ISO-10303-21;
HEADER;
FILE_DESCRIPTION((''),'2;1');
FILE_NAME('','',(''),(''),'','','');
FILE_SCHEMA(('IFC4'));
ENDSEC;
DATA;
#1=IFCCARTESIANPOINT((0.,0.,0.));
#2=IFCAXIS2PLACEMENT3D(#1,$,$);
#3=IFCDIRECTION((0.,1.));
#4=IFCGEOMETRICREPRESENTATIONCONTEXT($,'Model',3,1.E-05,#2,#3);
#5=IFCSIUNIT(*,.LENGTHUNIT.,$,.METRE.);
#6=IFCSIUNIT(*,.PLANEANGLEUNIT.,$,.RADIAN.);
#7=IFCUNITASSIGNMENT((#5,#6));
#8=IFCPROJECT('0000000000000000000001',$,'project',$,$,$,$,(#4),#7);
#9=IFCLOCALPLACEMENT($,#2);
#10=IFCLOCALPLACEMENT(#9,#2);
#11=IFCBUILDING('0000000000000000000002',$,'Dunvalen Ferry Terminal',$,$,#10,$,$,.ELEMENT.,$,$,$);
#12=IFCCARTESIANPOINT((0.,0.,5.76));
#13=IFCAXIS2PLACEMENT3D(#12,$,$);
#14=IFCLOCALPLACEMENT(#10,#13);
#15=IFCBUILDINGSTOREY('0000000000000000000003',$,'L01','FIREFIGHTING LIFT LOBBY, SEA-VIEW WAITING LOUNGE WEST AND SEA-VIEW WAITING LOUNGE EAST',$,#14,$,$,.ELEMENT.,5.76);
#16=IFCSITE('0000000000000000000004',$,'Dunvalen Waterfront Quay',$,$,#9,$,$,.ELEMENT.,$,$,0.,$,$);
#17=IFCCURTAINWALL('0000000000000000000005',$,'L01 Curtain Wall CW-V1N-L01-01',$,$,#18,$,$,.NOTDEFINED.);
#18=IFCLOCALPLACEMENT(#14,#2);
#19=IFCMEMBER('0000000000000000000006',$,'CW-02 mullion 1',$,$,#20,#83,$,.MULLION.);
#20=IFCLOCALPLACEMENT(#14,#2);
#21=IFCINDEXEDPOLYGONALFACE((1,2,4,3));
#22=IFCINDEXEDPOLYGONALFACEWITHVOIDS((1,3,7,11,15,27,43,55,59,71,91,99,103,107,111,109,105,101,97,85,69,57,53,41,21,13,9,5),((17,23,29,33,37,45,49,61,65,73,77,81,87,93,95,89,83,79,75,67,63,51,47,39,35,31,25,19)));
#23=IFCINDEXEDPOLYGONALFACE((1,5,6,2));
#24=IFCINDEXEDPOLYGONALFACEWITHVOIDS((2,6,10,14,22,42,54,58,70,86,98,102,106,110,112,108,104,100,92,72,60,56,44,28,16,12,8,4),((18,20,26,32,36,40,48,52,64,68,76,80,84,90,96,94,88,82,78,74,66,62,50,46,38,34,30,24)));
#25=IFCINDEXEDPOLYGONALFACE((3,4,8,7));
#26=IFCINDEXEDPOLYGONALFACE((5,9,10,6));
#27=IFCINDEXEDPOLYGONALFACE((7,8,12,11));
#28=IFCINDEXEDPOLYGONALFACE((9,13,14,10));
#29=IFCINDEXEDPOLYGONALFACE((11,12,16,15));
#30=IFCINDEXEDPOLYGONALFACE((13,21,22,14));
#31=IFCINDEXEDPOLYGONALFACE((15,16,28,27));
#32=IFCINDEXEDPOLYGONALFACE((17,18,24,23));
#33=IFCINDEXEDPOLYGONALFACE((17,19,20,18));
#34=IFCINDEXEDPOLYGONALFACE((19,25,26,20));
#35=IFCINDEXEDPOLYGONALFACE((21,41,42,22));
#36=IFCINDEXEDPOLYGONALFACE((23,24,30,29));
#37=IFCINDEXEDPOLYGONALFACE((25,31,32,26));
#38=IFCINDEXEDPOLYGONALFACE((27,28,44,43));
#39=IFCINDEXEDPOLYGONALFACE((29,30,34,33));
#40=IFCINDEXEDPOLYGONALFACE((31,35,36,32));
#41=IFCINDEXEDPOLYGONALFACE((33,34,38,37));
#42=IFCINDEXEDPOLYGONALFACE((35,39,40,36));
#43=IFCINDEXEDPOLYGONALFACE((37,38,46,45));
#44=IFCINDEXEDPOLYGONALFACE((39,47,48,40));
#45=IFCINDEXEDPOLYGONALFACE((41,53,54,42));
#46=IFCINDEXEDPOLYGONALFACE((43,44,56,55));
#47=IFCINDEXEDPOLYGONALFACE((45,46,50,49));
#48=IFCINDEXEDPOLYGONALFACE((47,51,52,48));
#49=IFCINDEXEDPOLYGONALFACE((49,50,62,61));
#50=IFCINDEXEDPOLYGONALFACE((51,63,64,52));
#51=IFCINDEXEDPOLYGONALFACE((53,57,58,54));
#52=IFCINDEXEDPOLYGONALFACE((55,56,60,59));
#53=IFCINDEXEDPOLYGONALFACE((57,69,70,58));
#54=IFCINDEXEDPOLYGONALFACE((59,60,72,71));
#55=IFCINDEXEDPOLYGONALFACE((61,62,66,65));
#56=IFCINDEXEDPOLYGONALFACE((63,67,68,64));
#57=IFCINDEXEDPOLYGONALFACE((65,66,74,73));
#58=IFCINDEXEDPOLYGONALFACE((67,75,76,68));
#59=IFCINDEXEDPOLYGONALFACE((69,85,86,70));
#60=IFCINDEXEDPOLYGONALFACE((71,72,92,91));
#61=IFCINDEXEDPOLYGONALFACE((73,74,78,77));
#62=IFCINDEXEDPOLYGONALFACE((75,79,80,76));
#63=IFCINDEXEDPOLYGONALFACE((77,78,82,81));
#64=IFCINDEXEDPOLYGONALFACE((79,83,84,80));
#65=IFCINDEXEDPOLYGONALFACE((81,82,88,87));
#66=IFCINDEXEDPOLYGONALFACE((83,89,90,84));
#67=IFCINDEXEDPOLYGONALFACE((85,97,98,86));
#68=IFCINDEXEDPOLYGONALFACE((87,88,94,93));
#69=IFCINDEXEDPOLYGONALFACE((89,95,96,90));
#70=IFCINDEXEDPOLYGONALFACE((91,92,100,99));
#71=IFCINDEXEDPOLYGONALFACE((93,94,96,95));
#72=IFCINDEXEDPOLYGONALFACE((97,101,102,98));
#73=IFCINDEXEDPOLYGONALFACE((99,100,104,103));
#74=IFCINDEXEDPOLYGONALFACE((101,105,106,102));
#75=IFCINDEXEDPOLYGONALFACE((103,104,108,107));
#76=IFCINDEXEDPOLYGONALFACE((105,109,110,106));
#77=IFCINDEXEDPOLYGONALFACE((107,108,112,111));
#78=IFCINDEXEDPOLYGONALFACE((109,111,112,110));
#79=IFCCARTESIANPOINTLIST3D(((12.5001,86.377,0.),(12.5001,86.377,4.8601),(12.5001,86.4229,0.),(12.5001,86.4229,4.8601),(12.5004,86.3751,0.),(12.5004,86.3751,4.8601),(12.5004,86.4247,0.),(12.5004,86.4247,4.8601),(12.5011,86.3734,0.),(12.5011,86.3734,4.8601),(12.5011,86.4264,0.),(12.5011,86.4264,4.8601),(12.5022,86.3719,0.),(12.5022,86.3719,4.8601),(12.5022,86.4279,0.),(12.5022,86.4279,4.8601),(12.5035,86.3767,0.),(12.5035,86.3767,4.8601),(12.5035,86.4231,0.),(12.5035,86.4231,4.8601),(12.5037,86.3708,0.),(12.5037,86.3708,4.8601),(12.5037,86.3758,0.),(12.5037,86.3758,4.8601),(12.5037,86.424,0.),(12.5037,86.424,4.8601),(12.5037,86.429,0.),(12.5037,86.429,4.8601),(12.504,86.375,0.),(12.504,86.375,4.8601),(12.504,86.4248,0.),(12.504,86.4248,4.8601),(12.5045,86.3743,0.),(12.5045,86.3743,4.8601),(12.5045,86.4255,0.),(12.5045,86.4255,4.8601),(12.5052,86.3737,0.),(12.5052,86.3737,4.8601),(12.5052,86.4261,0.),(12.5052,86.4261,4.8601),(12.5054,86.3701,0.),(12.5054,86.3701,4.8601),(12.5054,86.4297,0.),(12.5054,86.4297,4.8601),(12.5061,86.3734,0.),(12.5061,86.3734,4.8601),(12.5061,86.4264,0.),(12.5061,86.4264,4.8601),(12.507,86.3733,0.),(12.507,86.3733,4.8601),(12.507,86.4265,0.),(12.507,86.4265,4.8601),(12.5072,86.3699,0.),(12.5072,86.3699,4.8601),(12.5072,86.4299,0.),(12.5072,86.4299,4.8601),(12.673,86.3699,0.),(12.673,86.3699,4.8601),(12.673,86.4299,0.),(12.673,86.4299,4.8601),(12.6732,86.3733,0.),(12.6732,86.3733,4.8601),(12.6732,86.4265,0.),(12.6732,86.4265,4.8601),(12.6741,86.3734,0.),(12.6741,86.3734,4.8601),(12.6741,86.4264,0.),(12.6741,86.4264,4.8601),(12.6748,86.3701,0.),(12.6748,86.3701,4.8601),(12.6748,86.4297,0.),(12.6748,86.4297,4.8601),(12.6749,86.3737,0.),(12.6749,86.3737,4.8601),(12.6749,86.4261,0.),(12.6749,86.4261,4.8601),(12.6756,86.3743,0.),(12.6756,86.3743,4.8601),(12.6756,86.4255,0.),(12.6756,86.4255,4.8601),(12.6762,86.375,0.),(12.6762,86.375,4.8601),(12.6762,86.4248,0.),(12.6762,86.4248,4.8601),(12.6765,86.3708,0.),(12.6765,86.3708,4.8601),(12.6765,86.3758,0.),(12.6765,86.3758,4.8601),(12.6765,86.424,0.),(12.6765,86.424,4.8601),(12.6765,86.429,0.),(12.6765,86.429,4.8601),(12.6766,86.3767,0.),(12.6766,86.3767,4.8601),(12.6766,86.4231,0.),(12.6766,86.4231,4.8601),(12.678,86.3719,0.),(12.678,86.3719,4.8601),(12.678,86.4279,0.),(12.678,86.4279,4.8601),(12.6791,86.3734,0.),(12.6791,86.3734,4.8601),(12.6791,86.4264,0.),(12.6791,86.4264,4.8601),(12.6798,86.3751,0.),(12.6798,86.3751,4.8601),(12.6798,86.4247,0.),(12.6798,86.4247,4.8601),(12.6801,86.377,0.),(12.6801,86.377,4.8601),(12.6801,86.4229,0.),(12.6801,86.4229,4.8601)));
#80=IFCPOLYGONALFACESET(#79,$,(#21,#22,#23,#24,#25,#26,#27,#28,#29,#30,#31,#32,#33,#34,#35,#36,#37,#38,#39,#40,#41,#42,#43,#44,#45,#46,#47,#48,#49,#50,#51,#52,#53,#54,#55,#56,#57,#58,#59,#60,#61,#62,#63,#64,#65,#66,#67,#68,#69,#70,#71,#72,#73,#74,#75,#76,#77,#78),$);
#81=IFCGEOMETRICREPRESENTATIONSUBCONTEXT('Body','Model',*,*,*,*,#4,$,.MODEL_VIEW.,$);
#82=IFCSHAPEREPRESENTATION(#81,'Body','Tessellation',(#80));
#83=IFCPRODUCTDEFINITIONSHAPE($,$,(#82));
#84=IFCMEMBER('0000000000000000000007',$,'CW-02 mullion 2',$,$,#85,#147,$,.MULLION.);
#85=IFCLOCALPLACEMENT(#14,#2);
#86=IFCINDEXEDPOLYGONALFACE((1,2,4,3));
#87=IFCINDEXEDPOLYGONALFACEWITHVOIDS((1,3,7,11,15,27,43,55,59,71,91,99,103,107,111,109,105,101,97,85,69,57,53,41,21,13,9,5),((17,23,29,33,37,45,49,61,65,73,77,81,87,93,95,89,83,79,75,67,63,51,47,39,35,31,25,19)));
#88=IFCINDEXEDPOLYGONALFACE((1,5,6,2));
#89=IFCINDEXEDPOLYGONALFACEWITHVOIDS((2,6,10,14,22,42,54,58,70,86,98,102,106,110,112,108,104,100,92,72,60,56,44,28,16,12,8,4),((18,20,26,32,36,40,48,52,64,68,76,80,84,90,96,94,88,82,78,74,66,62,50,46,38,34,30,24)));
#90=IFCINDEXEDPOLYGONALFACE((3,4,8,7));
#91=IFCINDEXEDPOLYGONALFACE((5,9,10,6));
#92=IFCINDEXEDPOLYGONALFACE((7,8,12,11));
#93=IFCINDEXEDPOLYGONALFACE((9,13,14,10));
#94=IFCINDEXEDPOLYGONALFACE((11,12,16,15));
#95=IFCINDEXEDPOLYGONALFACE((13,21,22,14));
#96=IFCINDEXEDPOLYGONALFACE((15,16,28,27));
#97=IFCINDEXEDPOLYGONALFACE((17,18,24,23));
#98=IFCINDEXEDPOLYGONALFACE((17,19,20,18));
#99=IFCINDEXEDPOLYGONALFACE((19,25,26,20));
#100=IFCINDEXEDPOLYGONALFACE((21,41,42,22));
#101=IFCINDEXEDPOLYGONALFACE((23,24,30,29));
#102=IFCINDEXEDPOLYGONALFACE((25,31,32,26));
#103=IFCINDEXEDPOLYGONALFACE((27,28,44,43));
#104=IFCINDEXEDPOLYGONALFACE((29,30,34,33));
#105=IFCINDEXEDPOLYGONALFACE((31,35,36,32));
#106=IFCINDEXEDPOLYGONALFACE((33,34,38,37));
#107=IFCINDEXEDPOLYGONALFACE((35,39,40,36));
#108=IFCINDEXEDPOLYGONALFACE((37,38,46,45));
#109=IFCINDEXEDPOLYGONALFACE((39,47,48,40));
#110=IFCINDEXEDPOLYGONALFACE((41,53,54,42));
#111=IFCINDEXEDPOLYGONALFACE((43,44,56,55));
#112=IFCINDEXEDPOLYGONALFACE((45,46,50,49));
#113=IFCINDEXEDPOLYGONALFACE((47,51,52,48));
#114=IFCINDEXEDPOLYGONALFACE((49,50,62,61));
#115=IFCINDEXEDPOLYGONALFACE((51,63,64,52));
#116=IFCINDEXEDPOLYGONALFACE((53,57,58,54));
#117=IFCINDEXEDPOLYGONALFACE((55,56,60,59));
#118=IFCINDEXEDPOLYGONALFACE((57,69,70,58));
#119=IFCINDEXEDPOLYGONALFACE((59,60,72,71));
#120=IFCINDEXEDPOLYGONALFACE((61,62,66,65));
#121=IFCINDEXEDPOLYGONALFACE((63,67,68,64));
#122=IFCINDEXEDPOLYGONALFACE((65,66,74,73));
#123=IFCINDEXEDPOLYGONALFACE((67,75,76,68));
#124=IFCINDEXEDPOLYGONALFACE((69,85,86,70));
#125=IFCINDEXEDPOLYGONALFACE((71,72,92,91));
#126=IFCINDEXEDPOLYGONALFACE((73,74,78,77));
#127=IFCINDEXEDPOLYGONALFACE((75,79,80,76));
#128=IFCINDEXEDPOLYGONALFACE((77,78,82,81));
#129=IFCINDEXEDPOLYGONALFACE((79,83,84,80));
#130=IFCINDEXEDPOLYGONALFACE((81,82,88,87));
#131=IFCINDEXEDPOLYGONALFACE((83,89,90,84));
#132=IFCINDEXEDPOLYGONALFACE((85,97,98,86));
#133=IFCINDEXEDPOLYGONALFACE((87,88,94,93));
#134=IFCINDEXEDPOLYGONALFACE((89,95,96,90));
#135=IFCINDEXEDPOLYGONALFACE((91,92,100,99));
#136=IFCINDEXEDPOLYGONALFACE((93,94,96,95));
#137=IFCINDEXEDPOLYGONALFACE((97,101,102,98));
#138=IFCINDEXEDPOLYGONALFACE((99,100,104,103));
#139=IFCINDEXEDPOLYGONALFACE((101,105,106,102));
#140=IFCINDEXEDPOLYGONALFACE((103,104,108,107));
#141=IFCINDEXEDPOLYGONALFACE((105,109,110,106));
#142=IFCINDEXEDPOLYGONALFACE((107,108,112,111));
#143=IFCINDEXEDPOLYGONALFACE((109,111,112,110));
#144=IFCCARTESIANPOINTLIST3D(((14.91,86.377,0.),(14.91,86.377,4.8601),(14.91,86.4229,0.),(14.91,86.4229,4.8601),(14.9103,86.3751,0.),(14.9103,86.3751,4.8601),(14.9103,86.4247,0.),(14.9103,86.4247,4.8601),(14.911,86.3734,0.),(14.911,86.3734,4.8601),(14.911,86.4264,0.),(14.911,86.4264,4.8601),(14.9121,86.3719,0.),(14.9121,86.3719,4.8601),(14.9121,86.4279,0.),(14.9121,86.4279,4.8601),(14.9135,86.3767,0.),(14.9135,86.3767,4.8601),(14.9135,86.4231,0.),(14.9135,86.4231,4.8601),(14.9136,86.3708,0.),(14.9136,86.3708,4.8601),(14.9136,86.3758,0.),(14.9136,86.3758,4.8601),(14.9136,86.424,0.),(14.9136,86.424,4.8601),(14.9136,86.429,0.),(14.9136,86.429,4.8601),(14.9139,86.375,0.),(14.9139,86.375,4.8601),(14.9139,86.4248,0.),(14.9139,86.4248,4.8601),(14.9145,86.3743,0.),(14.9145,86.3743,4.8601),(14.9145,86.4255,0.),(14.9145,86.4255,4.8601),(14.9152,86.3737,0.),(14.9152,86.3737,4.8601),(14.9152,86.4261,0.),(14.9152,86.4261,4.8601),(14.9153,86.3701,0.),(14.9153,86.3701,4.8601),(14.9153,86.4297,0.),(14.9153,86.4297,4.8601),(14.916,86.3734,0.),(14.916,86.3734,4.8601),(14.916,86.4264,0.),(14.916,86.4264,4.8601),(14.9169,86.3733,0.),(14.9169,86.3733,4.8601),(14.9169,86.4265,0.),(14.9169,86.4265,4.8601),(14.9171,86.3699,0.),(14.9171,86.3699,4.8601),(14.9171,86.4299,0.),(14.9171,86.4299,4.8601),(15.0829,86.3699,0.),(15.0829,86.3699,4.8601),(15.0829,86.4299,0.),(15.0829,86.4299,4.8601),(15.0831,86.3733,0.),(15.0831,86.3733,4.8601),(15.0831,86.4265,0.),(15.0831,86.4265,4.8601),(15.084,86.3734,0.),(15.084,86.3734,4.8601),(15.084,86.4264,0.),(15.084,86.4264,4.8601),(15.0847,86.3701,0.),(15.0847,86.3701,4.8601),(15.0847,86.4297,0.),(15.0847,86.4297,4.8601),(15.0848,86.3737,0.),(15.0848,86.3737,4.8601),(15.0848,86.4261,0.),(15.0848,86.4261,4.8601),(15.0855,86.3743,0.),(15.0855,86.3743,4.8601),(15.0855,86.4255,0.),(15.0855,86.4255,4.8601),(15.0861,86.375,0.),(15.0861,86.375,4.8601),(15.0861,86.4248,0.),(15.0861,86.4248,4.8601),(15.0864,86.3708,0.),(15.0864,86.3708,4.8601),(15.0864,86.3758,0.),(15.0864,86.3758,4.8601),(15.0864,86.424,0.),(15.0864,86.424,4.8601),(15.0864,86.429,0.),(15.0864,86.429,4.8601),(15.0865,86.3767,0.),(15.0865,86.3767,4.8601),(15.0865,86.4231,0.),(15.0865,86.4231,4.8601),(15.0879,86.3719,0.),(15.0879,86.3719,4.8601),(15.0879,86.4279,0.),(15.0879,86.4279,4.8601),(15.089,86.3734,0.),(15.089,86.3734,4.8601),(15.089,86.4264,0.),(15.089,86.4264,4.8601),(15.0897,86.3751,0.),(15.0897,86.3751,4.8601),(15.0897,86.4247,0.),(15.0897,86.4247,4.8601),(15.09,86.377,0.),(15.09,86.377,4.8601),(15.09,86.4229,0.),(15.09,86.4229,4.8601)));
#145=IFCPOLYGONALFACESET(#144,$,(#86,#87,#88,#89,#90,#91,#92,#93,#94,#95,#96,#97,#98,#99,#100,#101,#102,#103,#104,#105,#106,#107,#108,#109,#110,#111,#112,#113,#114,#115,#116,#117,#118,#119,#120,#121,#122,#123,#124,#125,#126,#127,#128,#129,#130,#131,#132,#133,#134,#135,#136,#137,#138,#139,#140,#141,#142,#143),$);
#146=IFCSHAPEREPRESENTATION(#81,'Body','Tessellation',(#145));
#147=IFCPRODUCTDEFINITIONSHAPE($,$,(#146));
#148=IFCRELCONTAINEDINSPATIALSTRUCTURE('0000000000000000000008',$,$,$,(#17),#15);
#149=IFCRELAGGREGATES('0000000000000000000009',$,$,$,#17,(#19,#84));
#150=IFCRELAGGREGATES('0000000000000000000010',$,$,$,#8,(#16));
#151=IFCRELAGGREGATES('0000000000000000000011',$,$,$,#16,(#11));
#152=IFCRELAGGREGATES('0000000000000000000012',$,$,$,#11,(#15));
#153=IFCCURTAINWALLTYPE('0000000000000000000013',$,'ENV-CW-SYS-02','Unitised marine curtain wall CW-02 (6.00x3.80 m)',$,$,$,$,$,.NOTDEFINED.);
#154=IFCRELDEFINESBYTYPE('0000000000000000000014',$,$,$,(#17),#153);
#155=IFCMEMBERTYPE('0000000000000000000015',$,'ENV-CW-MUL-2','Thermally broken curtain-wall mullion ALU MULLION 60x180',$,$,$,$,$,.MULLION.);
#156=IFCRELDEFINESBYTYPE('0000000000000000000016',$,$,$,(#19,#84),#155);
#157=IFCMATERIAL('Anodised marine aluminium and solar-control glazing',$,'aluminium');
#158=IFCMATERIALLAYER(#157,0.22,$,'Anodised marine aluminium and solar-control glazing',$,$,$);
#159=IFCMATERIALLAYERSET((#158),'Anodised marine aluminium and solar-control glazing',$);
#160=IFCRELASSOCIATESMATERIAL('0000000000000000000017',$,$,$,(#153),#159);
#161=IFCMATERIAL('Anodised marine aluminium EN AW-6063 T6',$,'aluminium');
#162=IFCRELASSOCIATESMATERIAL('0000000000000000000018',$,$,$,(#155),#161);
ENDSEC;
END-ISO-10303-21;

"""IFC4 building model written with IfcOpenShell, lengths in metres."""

from ifc_helpers import new_model, si_unit, direction, frame, origin, origin_2d, place, context, subcontext, project, spatial, hollow_rectangle, extrude, material, layer, layer_set, material_profile, profile_set, type_object, element, aggregate, save


model = new_model("IFC4")

# Units and contexts
model_context = context("Model", 3, precision=1e-05, world=origin(), true_north=direction((0.0, 1.0)))
body_context = subcontext(model_context, "Body", "Model", "MODEL_VIEW")
ifc_project = project(units=[si_unit("LENGTHUNIT", "METRE"), si_unit("PLANEANGLEUNIT", "RADIAN")], contexts=[model_context])

# Site, building, storey
site_placement = place(None, origin())
site = spatial("IfcSite", under=ifc_project, at=site_placement, Name="Dunvalen Waterfront Quay", CompositionType="ELEMENT", RefElevation=0.0)
building_placement = place(site_placement, origin())
building = spatial("IfcBuilding", under=site, at=building_placement, Name="Dunvalen Ferry Terminal", CompositionType="ELEMENT")
storey_placement = place(building_placement, frame((0.0, 0.0, 5.76)))
storey = spatial("IfcBuildingStorey", under=building, at=storey_placement, Name="L01", Description="FIREFIGHTING LIFT LOBBY, SEA-VIEW WAITING LOUNGE WEST AND SEA-VIEW WAITING LOUNGE EAST", CompositionType="ELEMENT", Elevation=5.76)

# Curtain wall, members
ifc_material_1 = material(Name="Anodised marine aluminium and solar-control glazing", Category="aluminium")
ifc_layer_1 = layer(ifc_material_1, 0.22, Name="Anodised marine aluminium and solar-control glazing")
ifc_layer_set_1 = layer_set([ifc_layer_1], Name="Anodised marine aluminium and solar-control glazing")
curtain_wall_type = type_object("IfcCurtainWallType", Name="ENV-CW-SYS-02", Description="Unitised marine curtain wall CW-02 (6.00x3.80 m)", PredefinedType="NOTDEFINED", material=ifc_layer_set_1)
curtain_wall_placement = place(storey_placement, origin())
curtain_wall = element("IfcCurtainWall", 1, at=curtain_wall_placement, inside=storey, type_object=curtain_wall_type, Name="L01 Curtain Wall CW-V1N-L01-01", PredefinedType="NOTDEFINED")
ifc_material_2 = material(Name="Anodised marine aluminium EN AW-6063 T6", Category="aluminium")
ifc_material_profile_1 = material_profile(ifc_material_2, hollow_rectangle(XDim=0.0601, YDim=0.1799, WallThickness=0.0034, InnerFilletRadius=0.0034, OuterFilletRadius=0.0071, at=origin_2d()), Name="Anodised marine aluminium EN AW-6063 T6")
ifc_profile_set_1 = profile_set([ifc_material_profile_1], Name="Anodised marine aluminium EN AW-6063 T6")
member_type_1 = type_object("IfcMemberType", Name="ENV-CW-MUL-2", Description="Thermally broken curtain-wall mullion ALU MULLION 60x180", PredefinedType="MULLION", material=ifc_profile_set_1)
member_1_placement = place(storey_placement, frame((12.5901, 86.3999, 0.0), z_axis=(0.0, 0.0, 1.0), x_axis=(0.0, 1.0, 0.0)))
member_1 = element("IfcMember", 2, at=member_1_placement, type_object=member_type_1, Name="CW-02 mullion 1", PredefinedType="MULLION", context=body_context, shape_type="SweptSolid", body=[
    extrude(hollow_rectangle(XDim=0.0601, YDim=0.1799, WallThickness=0.0034, InnerFilletRadius=0.0034, OuterFilletRadius=0.0071, at=origin_2d()), origin(), (0.0, 0.0, 1.0), 4.8601),
])
member_2_placement = place(storey_placement, frame((15.0, 86.3999, 0.0), z_axis=(0.0, 0.0, 1.0), x_axis=(0.0, 1.0, 0.0)))
member_2 = element("IfcMember", 3, at=member_2_placement, type_object=member_type_1, Name="CW-02 mullion 2", PredefinedType="MULLION", context=body_context, shape_type="SweptSolid", body=[
    extrude(hollow_rectangle(XDim=0.0601, YDim=0.1799, WallThickness=0.0034, InnerFilletRadius=0.0034, OuterFilletRadius=0.0071, at=origin_2d()), origin(), (0.0, 0.0, 1.0), 4.8601),
])

aggregate(curtain_wall, [member_1, member_2])

save(model, "model.ifc")
